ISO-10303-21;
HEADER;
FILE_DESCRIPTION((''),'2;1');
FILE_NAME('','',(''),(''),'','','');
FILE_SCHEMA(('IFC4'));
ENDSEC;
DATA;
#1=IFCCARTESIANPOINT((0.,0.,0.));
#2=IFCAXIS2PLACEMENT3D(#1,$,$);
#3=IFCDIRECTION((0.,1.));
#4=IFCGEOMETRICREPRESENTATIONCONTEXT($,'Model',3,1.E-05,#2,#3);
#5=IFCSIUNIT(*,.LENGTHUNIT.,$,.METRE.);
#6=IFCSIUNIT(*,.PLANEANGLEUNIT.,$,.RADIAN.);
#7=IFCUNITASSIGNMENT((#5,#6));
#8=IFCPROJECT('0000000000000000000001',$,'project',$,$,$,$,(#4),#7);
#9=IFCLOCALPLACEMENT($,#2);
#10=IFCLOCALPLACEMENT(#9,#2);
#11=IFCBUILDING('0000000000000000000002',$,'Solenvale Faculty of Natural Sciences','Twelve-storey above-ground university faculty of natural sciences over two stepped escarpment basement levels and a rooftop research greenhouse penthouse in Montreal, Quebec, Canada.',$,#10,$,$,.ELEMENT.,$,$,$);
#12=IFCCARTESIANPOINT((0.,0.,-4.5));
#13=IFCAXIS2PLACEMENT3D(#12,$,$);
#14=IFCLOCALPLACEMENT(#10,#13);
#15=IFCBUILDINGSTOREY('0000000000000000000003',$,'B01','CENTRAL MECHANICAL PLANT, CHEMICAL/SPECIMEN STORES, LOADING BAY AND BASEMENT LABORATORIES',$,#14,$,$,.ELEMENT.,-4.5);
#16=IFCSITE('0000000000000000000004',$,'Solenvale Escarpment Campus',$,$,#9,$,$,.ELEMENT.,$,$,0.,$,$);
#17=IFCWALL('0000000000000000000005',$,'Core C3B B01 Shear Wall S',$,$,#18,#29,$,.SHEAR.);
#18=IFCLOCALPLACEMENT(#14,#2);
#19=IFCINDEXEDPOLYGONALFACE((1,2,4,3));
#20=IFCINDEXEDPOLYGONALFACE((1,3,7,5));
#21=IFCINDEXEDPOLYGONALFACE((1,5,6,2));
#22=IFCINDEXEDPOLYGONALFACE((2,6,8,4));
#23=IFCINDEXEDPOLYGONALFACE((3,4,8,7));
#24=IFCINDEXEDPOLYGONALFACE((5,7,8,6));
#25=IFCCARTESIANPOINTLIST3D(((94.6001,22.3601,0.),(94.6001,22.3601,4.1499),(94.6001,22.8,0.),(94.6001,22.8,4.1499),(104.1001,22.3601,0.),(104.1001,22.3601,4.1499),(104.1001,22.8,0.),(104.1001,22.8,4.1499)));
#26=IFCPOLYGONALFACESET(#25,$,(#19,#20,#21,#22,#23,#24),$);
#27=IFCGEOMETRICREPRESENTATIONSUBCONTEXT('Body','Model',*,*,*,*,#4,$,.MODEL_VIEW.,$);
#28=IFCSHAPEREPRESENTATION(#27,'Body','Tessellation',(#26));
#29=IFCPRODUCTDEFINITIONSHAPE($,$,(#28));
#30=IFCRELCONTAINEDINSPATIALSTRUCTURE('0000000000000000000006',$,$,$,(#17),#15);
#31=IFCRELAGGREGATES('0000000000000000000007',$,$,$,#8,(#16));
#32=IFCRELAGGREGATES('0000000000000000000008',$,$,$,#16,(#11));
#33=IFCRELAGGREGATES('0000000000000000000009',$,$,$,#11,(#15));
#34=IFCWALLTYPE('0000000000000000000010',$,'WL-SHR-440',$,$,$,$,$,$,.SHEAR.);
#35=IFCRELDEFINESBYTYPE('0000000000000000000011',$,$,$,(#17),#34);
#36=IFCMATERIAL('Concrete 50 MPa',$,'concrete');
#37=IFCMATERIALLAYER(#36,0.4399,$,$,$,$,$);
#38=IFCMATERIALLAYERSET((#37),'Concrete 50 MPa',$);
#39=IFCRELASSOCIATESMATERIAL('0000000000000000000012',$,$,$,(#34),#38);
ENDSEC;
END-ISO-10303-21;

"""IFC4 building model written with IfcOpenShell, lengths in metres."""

from ifc_helpers import new_model, si_unit, direction, frame, frame_2d, origin, place, context, subcontext, project, spatial, rectangle, extrude, material, layer, layer_set, type_object, element, save


model = new_model("IFC4")

# Units and contexts
model_context = context("Model", 3, precision=1e-05, world=origin(), true_north=direction((0.0, 1.0)))
body_context = subcontext(model_context, "Body", "Model", "MODEL_VIEW")
ifc_project = project(units=[si_unit("LENGTHUNIT", "METRE"), si_unit("PLANEANGLEUNIT", "RADIAN")], contexts=[model_context])

# Site, building, storey
site_placement = place(None, origin())
site = spatial("IfcSite", under=ifc_project, at=site_placement, Name="Solenvale Escarpment Campus", CompositionType="ELEMENT", RefElevation=0.0)
building_placement = place(site_placement, origin())
building = spatial("IfcBuilding", under=site, at=building_placement, Name="Solenvale Faculty of Natural Sciences", Description="Twelve-storey above-ground university faculty of natural sciences over two stepped escarpment basement levels and a rooftop research greenhouse penthouse in Montreal, Quebec, Canada.", CompositionType="ELEMENT")
storey_placement = place(building_placement, frame((0.0, 0.0, -4.5)))
storey = spatial("IfcBuildingStorey", under=building, at=storey_placement, Name="B01", Description="CENTRAL MECHANICAL PLANT, CHEMICAL/SPECIMEN STORES, LOADING BAY AND BASEMENT LABORATORIES", CompositionType="ELEMENT", Elevation=-4.5)

# Shared definitions
ifc_material_1 = material(Name="Concrete 50 MPa", Category="concrete")

# Wall
ifc_layer = layer(ifc_material_1, 0.4399)
ifc_layer_set = layer_set([ifc_layer], Name="Concrete 50 MPa")
wall_type = type_object("IfcWallType", Name="WL-SHR-440", PredefinedType="SHEAR", material=ifc_layer_set)
wall_placement = place(storey_placement, frame((94.6001, 22.5801, 0.0), z_axis=(0.0, 0.0, 1.0), x_axis=(1.0, 0.0, 0.0)))
element("IfcWall", 1, at=wall_placement, inside=storey, type_object=wall_type, Name="Core C3B B01 Shear Wall S", PredefinedType="SHEAR", context=body_context, shape_type="SweptSolid", body=[
    extrude(rectangle(XDim=9.5, YDim=0.4399, at=frame_2d((4.75, 0.0))), origin(), (0.0, 0.0, 1.0), 4.1499),
])

save(model, "model.ifc")
